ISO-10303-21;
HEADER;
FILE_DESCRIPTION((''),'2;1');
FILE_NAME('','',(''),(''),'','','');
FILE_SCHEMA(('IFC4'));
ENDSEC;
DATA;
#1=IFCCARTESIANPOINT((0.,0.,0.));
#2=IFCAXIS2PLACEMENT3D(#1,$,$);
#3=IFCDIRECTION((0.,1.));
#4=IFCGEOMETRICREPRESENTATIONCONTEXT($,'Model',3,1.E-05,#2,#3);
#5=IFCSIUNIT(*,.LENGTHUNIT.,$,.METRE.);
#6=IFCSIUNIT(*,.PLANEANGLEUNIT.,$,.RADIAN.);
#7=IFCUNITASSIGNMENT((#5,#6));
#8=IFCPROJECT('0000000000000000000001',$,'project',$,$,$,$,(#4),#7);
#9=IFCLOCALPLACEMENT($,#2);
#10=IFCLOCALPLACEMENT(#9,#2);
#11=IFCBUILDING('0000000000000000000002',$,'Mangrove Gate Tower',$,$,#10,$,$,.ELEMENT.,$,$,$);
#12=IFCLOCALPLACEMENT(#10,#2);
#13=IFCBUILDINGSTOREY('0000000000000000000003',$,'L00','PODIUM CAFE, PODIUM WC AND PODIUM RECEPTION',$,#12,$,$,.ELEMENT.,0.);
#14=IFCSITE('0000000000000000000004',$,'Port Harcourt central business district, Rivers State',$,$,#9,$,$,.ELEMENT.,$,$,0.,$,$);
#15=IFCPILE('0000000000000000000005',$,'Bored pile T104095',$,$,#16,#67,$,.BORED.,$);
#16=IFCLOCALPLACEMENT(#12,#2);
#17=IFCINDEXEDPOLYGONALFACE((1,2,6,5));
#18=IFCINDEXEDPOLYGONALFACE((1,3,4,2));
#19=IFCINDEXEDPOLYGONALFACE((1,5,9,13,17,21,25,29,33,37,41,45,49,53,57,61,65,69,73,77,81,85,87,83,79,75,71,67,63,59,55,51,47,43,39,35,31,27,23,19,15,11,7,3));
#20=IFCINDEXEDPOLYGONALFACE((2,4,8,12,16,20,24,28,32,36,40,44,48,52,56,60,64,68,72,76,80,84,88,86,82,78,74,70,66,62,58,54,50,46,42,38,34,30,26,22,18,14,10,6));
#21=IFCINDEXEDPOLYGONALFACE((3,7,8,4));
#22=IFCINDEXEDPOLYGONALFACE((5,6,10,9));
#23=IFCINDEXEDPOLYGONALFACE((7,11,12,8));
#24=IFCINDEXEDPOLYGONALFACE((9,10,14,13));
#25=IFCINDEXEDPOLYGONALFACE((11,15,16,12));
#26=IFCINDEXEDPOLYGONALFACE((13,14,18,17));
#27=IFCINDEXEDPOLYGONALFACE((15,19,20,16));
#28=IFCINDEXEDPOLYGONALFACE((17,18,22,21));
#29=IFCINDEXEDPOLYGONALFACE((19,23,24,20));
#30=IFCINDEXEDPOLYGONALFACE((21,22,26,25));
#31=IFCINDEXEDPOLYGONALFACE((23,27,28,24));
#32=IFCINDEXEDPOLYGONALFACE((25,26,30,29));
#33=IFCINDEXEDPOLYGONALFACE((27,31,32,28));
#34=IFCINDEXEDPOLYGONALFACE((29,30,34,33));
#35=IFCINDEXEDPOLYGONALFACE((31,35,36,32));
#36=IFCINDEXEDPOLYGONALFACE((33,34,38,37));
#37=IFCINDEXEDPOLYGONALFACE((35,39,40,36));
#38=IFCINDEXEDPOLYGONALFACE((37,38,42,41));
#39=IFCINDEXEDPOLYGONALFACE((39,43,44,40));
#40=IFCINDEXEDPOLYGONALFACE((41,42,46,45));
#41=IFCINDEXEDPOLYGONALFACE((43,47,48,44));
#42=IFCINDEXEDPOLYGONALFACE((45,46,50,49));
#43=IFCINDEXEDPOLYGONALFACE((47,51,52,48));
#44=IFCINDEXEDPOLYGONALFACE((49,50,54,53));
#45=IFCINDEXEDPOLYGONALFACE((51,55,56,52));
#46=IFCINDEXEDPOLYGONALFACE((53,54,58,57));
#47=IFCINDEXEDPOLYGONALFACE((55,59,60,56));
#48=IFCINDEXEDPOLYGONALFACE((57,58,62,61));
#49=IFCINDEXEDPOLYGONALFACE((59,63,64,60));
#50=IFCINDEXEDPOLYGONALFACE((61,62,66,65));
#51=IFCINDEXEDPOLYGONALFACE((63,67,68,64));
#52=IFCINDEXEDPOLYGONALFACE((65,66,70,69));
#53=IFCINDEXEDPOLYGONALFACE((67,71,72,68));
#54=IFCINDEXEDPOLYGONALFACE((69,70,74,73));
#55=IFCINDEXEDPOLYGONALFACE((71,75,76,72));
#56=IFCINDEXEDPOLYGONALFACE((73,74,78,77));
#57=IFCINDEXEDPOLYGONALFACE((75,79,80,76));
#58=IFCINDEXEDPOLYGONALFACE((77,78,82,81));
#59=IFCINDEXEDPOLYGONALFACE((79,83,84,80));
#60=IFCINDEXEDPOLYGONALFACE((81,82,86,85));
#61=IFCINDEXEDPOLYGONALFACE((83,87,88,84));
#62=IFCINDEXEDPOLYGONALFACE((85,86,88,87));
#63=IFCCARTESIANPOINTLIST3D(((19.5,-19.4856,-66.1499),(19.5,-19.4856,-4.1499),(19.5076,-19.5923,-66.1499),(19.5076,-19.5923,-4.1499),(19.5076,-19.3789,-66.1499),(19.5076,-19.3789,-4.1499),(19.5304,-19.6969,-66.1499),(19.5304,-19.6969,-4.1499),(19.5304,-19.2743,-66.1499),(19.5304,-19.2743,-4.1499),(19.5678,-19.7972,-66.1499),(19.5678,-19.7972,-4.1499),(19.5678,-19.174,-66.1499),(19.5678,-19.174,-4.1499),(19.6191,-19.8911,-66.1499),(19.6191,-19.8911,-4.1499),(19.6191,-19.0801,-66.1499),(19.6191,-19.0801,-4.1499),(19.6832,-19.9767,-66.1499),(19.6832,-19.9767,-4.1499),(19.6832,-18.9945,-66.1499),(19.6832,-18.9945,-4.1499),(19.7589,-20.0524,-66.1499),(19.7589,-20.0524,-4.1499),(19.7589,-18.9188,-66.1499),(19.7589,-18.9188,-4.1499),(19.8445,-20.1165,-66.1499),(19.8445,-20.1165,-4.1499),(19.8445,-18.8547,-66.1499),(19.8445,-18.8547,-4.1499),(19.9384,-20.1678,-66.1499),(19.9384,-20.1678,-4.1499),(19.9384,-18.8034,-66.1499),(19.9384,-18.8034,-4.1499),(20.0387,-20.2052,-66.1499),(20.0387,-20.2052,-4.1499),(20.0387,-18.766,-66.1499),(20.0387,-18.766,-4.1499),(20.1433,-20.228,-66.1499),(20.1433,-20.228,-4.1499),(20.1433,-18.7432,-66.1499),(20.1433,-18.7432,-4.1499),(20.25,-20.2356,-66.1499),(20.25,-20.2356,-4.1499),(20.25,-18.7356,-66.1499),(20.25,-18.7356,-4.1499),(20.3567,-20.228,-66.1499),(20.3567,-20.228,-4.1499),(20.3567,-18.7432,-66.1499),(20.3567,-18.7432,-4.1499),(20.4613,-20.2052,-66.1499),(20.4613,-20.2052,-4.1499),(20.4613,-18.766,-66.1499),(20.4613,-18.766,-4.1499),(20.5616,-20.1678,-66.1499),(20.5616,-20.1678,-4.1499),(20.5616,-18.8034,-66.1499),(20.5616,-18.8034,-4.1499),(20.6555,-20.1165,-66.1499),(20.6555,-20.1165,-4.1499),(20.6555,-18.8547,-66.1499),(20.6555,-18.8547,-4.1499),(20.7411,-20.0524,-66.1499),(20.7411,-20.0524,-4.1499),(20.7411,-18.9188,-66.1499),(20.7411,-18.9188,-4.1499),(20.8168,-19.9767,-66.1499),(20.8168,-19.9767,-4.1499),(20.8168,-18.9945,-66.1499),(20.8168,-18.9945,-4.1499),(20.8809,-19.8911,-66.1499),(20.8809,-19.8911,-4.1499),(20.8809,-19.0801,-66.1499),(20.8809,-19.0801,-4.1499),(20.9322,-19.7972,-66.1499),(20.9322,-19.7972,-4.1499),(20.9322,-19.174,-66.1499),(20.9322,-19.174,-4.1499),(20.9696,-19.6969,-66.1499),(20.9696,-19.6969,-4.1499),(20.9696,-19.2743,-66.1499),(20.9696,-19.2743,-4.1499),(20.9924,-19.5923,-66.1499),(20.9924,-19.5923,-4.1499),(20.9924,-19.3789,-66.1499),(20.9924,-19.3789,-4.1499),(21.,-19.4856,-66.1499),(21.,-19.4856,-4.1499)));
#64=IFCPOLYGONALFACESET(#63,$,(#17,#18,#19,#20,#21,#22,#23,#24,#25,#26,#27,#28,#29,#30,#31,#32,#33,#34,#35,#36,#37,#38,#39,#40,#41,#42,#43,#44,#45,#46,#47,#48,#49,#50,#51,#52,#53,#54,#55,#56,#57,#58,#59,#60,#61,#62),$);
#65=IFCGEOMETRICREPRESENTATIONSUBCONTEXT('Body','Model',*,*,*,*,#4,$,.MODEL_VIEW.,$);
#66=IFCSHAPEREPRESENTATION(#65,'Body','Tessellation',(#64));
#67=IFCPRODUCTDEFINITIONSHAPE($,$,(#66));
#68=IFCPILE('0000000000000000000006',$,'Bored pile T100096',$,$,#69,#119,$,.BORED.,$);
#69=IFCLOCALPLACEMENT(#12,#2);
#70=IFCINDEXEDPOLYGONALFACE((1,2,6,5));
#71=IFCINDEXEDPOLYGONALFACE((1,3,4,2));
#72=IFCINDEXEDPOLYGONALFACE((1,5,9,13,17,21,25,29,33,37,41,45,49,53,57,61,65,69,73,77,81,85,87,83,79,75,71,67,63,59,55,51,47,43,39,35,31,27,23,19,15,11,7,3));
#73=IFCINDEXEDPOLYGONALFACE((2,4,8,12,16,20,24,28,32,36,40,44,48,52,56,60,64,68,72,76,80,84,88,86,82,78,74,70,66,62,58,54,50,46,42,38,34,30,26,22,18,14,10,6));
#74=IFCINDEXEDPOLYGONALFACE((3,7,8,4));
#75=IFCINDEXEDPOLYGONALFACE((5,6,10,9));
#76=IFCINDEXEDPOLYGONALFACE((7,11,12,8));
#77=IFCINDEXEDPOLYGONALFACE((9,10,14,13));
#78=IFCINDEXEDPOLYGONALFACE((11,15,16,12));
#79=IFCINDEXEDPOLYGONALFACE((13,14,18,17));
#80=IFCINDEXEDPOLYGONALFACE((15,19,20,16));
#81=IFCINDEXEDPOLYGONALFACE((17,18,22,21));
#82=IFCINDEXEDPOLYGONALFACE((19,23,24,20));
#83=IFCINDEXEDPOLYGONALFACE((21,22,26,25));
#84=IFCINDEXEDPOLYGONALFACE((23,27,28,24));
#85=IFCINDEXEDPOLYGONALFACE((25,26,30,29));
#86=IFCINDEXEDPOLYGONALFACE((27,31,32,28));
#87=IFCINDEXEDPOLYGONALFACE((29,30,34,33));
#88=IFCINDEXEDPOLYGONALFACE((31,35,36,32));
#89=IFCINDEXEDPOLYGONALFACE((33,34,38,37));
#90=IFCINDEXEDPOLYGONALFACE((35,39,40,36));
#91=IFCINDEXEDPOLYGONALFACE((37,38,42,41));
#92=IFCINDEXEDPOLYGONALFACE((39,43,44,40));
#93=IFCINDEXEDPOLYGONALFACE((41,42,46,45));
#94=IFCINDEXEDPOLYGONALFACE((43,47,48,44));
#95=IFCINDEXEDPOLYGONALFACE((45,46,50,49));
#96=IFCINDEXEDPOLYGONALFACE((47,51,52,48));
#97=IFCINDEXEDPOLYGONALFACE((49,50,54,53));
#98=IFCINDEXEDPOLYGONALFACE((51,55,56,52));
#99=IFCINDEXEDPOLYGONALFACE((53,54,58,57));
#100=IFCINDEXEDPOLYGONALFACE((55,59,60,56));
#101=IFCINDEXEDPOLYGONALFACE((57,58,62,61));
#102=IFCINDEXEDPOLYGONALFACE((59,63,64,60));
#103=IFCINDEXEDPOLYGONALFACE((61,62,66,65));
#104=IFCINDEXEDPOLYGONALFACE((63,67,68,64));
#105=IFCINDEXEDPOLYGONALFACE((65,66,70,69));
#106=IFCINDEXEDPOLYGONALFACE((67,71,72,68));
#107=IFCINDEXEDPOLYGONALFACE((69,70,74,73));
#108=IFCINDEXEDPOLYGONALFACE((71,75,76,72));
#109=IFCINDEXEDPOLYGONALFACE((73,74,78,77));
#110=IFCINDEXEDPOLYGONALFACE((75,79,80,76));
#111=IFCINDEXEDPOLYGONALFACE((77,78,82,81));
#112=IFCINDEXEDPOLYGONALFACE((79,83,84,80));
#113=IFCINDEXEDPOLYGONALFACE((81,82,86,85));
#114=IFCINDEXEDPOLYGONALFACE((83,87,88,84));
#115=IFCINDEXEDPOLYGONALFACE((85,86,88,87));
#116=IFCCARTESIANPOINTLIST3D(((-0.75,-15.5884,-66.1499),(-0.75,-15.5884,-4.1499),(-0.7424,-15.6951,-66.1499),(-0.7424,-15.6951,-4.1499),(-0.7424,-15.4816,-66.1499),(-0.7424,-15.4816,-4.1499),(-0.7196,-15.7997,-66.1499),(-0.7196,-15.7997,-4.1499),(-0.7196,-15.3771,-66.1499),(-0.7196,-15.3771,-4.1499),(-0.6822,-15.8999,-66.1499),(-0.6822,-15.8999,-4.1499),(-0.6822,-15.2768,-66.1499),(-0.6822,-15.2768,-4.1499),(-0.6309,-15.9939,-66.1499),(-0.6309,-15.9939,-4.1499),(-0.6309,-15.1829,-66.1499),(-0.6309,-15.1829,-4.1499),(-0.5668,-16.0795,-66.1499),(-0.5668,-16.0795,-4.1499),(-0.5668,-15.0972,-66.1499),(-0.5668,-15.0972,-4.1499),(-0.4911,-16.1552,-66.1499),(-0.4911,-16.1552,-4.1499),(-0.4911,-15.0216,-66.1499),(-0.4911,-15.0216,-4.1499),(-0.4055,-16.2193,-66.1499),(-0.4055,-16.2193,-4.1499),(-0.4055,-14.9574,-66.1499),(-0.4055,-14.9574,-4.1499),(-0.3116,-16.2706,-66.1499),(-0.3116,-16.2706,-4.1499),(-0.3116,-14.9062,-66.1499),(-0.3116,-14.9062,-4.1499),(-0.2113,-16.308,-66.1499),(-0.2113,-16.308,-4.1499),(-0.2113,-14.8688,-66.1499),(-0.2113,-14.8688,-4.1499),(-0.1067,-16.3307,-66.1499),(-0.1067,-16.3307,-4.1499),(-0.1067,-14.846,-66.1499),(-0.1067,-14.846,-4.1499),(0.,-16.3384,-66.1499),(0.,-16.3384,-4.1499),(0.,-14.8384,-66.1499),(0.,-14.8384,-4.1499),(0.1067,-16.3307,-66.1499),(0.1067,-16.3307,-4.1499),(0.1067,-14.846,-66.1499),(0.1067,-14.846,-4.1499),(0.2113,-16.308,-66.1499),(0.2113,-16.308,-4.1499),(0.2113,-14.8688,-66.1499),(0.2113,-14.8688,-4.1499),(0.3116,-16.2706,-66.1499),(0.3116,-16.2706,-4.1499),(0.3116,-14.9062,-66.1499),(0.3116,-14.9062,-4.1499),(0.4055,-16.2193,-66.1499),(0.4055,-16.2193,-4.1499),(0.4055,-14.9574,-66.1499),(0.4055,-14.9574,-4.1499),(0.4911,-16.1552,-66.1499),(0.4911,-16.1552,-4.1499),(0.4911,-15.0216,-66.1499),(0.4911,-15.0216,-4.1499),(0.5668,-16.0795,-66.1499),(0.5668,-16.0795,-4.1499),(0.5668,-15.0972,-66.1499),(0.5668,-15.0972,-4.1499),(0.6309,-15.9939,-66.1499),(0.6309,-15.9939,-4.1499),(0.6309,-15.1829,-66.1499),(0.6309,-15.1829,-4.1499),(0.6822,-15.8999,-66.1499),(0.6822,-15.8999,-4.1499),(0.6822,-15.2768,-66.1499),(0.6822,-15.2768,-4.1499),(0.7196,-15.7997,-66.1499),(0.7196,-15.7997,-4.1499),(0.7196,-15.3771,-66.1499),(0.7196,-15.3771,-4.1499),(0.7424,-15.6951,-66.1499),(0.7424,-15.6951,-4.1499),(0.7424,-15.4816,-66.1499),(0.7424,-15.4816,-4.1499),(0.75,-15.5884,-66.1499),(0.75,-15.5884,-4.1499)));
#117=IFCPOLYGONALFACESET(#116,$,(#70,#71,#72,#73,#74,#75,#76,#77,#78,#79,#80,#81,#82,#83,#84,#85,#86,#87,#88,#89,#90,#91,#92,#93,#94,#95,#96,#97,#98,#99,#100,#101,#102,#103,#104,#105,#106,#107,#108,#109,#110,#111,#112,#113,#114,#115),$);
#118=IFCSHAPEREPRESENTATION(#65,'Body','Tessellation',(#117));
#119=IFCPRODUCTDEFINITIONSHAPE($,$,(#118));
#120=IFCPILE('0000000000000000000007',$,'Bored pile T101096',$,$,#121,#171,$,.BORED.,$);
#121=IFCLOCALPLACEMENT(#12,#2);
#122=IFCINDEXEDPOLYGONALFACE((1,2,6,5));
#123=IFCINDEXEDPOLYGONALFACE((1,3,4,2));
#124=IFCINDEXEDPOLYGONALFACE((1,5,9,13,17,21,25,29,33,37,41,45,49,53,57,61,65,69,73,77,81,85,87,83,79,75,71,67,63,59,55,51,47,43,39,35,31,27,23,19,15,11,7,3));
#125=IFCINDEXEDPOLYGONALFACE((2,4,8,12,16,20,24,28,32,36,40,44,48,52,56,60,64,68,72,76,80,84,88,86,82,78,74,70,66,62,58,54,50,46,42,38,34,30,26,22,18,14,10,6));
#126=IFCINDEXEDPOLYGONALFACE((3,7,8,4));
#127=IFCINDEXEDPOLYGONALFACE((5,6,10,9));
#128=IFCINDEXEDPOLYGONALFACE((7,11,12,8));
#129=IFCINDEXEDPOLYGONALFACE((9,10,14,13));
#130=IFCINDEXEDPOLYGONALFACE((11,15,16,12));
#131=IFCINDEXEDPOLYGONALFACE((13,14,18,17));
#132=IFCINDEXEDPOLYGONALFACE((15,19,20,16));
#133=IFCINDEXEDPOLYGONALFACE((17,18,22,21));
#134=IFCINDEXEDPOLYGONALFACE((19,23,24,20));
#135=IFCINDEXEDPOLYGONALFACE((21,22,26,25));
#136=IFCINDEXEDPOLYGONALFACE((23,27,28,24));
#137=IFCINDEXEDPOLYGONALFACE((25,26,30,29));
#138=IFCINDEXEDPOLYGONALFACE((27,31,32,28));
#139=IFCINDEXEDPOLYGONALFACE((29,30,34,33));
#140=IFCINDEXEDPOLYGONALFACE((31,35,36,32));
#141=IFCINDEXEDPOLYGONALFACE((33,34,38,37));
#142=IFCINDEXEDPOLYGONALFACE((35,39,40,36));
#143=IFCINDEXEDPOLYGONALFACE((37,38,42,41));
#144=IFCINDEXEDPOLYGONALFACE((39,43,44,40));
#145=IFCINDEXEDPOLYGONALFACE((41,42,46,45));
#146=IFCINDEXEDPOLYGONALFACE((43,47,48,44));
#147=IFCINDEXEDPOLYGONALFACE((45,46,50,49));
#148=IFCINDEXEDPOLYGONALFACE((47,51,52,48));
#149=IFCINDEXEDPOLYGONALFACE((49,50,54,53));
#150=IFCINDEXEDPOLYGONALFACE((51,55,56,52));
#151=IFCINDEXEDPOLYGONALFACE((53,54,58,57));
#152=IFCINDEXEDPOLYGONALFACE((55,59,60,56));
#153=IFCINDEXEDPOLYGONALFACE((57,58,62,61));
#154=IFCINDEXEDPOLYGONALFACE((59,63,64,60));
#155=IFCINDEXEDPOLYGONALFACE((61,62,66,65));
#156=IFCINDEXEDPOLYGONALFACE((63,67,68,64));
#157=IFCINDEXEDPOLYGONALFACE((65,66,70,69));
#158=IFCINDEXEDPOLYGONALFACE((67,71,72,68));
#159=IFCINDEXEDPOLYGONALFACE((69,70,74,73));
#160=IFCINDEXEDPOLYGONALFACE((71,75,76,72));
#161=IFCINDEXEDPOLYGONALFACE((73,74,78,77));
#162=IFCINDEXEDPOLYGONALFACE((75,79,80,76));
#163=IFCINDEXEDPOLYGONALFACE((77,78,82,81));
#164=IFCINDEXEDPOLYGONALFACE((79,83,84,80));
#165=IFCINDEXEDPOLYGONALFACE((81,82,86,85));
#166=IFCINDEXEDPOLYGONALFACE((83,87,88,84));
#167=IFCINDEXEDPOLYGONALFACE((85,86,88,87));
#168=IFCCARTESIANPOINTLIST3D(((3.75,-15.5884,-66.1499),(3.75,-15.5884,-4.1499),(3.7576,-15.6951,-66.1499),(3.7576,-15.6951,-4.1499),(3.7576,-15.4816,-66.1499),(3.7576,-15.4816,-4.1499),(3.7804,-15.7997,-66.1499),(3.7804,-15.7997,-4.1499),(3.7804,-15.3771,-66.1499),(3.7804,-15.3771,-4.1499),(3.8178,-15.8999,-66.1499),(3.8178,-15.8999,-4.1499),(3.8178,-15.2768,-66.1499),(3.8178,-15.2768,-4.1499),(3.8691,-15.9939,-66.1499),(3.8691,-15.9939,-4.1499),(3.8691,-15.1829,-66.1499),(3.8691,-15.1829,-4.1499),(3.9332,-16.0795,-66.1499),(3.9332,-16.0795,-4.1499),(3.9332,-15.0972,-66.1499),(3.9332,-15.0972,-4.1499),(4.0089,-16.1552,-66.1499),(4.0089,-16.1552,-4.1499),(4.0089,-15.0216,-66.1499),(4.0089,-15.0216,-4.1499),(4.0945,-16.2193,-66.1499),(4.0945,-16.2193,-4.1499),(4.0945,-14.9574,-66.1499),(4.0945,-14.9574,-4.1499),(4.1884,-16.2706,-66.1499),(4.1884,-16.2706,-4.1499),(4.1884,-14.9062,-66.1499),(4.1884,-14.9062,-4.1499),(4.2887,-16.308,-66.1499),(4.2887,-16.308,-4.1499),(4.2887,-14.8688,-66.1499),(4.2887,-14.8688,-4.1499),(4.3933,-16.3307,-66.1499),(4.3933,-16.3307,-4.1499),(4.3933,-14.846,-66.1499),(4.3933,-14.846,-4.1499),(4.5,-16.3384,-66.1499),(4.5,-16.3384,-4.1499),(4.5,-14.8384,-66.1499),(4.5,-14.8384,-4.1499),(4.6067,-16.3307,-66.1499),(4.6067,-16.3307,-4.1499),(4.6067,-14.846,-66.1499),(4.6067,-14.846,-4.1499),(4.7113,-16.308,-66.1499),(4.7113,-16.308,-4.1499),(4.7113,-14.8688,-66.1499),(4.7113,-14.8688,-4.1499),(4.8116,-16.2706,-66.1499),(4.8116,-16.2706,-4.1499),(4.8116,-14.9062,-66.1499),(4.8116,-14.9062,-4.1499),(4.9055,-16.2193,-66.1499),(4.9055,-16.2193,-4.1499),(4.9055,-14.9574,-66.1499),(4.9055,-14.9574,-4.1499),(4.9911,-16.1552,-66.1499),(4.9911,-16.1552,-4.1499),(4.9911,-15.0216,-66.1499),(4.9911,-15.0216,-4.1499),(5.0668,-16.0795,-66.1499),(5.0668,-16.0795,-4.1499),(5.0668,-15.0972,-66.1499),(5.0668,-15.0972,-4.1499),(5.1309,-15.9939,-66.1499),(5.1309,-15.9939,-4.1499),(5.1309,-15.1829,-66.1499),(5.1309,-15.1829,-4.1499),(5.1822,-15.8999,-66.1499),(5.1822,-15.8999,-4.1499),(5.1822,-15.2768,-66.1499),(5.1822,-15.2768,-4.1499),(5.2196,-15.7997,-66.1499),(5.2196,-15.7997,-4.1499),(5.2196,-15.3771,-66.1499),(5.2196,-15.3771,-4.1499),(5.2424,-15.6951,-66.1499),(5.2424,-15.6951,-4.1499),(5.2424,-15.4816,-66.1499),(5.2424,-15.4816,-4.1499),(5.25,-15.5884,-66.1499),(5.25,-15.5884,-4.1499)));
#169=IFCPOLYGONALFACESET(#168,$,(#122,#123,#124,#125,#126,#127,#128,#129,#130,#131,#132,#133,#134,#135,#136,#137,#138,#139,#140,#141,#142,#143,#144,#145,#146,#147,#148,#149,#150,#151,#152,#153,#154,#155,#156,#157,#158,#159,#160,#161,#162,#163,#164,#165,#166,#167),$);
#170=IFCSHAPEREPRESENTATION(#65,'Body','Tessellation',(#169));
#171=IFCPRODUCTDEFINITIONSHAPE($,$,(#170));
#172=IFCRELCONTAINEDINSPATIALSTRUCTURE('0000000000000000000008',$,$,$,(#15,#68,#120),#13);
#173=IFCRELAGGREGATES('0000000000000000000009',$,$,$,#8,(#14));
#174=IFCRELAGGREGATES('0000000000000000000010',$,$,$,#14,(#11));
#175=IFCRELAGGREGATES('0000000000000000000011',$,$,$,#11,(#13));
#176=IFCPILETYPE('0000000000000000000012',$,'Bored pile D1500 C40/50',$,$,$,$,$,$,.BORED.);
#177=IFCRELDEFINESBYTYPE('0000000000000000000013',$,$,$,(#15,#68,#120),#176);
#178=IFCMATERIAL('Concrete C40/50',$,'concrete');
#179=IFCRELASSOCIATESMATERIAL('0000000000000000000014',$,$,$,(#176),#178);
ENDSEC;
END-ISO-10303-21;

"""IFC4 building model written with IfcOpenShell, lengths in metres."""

from ifc_helpers import new_model, si_unit, direction, frame, origin, origin_2d, place, context, subcontext, project, spatial, circle, extrude, material, material_profile, profile_set, type_object, element, save


model = new_model("IFC4")

# Units and contexts
model_context = context("Model", 3, precision=1e-05, world=origin(), true_north=direction((0.0, 1.0)))
body_context = subcontext(model_context, "Body", "Model", "MODEL_VIEW")
ifc_project = project(units=[si_unit("LENGTHUNIT", "METRE"), si_unit("PLANEANGLEUNIT", "RADIAN")], contexts=[model_context])

# Site, building, storey
site_placement = place(None, origin())
site = spatial("IfcSite", under=ifc_project, at=site_placement, Name="Port Harcourt central business district, Rivers State", CompositionType="ELEMENT", RefElevation=0.0)
building_placement = place(site_placement, origin())
building = spatial("IfcBuilding", under=site, at=building_placement, Name="Mangrove Gate Tower", CompositionType="ELEMENT")
storey_placement = place(building_placement, origin())
storey = spatial("IfcBuildingStorey", under=building, at=storey_placement, Name="L00", Description="PODIUM CAFE, PODIUM WC AND PODIUM RECEPTION", CompositionType="ELEMENT", Elevation=0.0)

# Piles
ifc_material_1 = material(Name="Concrete C40/50", Category="concrete")
ifc_material_profile_1 = material_profile(ifc_material_1, circle(Radius=0.75, at=origin_2d()))
ifc_profile_set_1 = profile_set([ifc_material_profile_1], Name="Concrete C40/50")
pile_type = type_object("IfcPileType", Name="Bored pile D1500 C40/50", PredefinedType="BORED", material=ifc_profile_set_1)
for number, where, z_axis, x_axis, name in (
    (1, (20.25, -19.4856, -4.1499), (0.0, 0.0, -1.0), (1.0, 0.0, 0.0), "Bored pile T104095"),
    (2, (0.0, -15.5884, -4.1499), (0.0, 0.0, -1.0), (1.0, 0.0, 0.0), "Bored pile T100096"),
    (3, (4.5, -15.5884, -4.1499), (0.0, 0.0, -1.0), (1.0, 0.0, 0.0), "Bored pile T101096"),
):
    element("IfcPile", number, at=place(storey_placement, frame(where, z_axis=z_axis, x_axis=x_axis)), inside=storey, type_object=pile_type, Name=name, PredefinedType="BORED", context=body_context, shape_type="SweptSolid", body=[
        extrude(circle(Radius=0.75, at=origin_2d()), origin(), (0.0, 0.0, 1.0), 62.0),
    ])

save(model, "model.ifc")
